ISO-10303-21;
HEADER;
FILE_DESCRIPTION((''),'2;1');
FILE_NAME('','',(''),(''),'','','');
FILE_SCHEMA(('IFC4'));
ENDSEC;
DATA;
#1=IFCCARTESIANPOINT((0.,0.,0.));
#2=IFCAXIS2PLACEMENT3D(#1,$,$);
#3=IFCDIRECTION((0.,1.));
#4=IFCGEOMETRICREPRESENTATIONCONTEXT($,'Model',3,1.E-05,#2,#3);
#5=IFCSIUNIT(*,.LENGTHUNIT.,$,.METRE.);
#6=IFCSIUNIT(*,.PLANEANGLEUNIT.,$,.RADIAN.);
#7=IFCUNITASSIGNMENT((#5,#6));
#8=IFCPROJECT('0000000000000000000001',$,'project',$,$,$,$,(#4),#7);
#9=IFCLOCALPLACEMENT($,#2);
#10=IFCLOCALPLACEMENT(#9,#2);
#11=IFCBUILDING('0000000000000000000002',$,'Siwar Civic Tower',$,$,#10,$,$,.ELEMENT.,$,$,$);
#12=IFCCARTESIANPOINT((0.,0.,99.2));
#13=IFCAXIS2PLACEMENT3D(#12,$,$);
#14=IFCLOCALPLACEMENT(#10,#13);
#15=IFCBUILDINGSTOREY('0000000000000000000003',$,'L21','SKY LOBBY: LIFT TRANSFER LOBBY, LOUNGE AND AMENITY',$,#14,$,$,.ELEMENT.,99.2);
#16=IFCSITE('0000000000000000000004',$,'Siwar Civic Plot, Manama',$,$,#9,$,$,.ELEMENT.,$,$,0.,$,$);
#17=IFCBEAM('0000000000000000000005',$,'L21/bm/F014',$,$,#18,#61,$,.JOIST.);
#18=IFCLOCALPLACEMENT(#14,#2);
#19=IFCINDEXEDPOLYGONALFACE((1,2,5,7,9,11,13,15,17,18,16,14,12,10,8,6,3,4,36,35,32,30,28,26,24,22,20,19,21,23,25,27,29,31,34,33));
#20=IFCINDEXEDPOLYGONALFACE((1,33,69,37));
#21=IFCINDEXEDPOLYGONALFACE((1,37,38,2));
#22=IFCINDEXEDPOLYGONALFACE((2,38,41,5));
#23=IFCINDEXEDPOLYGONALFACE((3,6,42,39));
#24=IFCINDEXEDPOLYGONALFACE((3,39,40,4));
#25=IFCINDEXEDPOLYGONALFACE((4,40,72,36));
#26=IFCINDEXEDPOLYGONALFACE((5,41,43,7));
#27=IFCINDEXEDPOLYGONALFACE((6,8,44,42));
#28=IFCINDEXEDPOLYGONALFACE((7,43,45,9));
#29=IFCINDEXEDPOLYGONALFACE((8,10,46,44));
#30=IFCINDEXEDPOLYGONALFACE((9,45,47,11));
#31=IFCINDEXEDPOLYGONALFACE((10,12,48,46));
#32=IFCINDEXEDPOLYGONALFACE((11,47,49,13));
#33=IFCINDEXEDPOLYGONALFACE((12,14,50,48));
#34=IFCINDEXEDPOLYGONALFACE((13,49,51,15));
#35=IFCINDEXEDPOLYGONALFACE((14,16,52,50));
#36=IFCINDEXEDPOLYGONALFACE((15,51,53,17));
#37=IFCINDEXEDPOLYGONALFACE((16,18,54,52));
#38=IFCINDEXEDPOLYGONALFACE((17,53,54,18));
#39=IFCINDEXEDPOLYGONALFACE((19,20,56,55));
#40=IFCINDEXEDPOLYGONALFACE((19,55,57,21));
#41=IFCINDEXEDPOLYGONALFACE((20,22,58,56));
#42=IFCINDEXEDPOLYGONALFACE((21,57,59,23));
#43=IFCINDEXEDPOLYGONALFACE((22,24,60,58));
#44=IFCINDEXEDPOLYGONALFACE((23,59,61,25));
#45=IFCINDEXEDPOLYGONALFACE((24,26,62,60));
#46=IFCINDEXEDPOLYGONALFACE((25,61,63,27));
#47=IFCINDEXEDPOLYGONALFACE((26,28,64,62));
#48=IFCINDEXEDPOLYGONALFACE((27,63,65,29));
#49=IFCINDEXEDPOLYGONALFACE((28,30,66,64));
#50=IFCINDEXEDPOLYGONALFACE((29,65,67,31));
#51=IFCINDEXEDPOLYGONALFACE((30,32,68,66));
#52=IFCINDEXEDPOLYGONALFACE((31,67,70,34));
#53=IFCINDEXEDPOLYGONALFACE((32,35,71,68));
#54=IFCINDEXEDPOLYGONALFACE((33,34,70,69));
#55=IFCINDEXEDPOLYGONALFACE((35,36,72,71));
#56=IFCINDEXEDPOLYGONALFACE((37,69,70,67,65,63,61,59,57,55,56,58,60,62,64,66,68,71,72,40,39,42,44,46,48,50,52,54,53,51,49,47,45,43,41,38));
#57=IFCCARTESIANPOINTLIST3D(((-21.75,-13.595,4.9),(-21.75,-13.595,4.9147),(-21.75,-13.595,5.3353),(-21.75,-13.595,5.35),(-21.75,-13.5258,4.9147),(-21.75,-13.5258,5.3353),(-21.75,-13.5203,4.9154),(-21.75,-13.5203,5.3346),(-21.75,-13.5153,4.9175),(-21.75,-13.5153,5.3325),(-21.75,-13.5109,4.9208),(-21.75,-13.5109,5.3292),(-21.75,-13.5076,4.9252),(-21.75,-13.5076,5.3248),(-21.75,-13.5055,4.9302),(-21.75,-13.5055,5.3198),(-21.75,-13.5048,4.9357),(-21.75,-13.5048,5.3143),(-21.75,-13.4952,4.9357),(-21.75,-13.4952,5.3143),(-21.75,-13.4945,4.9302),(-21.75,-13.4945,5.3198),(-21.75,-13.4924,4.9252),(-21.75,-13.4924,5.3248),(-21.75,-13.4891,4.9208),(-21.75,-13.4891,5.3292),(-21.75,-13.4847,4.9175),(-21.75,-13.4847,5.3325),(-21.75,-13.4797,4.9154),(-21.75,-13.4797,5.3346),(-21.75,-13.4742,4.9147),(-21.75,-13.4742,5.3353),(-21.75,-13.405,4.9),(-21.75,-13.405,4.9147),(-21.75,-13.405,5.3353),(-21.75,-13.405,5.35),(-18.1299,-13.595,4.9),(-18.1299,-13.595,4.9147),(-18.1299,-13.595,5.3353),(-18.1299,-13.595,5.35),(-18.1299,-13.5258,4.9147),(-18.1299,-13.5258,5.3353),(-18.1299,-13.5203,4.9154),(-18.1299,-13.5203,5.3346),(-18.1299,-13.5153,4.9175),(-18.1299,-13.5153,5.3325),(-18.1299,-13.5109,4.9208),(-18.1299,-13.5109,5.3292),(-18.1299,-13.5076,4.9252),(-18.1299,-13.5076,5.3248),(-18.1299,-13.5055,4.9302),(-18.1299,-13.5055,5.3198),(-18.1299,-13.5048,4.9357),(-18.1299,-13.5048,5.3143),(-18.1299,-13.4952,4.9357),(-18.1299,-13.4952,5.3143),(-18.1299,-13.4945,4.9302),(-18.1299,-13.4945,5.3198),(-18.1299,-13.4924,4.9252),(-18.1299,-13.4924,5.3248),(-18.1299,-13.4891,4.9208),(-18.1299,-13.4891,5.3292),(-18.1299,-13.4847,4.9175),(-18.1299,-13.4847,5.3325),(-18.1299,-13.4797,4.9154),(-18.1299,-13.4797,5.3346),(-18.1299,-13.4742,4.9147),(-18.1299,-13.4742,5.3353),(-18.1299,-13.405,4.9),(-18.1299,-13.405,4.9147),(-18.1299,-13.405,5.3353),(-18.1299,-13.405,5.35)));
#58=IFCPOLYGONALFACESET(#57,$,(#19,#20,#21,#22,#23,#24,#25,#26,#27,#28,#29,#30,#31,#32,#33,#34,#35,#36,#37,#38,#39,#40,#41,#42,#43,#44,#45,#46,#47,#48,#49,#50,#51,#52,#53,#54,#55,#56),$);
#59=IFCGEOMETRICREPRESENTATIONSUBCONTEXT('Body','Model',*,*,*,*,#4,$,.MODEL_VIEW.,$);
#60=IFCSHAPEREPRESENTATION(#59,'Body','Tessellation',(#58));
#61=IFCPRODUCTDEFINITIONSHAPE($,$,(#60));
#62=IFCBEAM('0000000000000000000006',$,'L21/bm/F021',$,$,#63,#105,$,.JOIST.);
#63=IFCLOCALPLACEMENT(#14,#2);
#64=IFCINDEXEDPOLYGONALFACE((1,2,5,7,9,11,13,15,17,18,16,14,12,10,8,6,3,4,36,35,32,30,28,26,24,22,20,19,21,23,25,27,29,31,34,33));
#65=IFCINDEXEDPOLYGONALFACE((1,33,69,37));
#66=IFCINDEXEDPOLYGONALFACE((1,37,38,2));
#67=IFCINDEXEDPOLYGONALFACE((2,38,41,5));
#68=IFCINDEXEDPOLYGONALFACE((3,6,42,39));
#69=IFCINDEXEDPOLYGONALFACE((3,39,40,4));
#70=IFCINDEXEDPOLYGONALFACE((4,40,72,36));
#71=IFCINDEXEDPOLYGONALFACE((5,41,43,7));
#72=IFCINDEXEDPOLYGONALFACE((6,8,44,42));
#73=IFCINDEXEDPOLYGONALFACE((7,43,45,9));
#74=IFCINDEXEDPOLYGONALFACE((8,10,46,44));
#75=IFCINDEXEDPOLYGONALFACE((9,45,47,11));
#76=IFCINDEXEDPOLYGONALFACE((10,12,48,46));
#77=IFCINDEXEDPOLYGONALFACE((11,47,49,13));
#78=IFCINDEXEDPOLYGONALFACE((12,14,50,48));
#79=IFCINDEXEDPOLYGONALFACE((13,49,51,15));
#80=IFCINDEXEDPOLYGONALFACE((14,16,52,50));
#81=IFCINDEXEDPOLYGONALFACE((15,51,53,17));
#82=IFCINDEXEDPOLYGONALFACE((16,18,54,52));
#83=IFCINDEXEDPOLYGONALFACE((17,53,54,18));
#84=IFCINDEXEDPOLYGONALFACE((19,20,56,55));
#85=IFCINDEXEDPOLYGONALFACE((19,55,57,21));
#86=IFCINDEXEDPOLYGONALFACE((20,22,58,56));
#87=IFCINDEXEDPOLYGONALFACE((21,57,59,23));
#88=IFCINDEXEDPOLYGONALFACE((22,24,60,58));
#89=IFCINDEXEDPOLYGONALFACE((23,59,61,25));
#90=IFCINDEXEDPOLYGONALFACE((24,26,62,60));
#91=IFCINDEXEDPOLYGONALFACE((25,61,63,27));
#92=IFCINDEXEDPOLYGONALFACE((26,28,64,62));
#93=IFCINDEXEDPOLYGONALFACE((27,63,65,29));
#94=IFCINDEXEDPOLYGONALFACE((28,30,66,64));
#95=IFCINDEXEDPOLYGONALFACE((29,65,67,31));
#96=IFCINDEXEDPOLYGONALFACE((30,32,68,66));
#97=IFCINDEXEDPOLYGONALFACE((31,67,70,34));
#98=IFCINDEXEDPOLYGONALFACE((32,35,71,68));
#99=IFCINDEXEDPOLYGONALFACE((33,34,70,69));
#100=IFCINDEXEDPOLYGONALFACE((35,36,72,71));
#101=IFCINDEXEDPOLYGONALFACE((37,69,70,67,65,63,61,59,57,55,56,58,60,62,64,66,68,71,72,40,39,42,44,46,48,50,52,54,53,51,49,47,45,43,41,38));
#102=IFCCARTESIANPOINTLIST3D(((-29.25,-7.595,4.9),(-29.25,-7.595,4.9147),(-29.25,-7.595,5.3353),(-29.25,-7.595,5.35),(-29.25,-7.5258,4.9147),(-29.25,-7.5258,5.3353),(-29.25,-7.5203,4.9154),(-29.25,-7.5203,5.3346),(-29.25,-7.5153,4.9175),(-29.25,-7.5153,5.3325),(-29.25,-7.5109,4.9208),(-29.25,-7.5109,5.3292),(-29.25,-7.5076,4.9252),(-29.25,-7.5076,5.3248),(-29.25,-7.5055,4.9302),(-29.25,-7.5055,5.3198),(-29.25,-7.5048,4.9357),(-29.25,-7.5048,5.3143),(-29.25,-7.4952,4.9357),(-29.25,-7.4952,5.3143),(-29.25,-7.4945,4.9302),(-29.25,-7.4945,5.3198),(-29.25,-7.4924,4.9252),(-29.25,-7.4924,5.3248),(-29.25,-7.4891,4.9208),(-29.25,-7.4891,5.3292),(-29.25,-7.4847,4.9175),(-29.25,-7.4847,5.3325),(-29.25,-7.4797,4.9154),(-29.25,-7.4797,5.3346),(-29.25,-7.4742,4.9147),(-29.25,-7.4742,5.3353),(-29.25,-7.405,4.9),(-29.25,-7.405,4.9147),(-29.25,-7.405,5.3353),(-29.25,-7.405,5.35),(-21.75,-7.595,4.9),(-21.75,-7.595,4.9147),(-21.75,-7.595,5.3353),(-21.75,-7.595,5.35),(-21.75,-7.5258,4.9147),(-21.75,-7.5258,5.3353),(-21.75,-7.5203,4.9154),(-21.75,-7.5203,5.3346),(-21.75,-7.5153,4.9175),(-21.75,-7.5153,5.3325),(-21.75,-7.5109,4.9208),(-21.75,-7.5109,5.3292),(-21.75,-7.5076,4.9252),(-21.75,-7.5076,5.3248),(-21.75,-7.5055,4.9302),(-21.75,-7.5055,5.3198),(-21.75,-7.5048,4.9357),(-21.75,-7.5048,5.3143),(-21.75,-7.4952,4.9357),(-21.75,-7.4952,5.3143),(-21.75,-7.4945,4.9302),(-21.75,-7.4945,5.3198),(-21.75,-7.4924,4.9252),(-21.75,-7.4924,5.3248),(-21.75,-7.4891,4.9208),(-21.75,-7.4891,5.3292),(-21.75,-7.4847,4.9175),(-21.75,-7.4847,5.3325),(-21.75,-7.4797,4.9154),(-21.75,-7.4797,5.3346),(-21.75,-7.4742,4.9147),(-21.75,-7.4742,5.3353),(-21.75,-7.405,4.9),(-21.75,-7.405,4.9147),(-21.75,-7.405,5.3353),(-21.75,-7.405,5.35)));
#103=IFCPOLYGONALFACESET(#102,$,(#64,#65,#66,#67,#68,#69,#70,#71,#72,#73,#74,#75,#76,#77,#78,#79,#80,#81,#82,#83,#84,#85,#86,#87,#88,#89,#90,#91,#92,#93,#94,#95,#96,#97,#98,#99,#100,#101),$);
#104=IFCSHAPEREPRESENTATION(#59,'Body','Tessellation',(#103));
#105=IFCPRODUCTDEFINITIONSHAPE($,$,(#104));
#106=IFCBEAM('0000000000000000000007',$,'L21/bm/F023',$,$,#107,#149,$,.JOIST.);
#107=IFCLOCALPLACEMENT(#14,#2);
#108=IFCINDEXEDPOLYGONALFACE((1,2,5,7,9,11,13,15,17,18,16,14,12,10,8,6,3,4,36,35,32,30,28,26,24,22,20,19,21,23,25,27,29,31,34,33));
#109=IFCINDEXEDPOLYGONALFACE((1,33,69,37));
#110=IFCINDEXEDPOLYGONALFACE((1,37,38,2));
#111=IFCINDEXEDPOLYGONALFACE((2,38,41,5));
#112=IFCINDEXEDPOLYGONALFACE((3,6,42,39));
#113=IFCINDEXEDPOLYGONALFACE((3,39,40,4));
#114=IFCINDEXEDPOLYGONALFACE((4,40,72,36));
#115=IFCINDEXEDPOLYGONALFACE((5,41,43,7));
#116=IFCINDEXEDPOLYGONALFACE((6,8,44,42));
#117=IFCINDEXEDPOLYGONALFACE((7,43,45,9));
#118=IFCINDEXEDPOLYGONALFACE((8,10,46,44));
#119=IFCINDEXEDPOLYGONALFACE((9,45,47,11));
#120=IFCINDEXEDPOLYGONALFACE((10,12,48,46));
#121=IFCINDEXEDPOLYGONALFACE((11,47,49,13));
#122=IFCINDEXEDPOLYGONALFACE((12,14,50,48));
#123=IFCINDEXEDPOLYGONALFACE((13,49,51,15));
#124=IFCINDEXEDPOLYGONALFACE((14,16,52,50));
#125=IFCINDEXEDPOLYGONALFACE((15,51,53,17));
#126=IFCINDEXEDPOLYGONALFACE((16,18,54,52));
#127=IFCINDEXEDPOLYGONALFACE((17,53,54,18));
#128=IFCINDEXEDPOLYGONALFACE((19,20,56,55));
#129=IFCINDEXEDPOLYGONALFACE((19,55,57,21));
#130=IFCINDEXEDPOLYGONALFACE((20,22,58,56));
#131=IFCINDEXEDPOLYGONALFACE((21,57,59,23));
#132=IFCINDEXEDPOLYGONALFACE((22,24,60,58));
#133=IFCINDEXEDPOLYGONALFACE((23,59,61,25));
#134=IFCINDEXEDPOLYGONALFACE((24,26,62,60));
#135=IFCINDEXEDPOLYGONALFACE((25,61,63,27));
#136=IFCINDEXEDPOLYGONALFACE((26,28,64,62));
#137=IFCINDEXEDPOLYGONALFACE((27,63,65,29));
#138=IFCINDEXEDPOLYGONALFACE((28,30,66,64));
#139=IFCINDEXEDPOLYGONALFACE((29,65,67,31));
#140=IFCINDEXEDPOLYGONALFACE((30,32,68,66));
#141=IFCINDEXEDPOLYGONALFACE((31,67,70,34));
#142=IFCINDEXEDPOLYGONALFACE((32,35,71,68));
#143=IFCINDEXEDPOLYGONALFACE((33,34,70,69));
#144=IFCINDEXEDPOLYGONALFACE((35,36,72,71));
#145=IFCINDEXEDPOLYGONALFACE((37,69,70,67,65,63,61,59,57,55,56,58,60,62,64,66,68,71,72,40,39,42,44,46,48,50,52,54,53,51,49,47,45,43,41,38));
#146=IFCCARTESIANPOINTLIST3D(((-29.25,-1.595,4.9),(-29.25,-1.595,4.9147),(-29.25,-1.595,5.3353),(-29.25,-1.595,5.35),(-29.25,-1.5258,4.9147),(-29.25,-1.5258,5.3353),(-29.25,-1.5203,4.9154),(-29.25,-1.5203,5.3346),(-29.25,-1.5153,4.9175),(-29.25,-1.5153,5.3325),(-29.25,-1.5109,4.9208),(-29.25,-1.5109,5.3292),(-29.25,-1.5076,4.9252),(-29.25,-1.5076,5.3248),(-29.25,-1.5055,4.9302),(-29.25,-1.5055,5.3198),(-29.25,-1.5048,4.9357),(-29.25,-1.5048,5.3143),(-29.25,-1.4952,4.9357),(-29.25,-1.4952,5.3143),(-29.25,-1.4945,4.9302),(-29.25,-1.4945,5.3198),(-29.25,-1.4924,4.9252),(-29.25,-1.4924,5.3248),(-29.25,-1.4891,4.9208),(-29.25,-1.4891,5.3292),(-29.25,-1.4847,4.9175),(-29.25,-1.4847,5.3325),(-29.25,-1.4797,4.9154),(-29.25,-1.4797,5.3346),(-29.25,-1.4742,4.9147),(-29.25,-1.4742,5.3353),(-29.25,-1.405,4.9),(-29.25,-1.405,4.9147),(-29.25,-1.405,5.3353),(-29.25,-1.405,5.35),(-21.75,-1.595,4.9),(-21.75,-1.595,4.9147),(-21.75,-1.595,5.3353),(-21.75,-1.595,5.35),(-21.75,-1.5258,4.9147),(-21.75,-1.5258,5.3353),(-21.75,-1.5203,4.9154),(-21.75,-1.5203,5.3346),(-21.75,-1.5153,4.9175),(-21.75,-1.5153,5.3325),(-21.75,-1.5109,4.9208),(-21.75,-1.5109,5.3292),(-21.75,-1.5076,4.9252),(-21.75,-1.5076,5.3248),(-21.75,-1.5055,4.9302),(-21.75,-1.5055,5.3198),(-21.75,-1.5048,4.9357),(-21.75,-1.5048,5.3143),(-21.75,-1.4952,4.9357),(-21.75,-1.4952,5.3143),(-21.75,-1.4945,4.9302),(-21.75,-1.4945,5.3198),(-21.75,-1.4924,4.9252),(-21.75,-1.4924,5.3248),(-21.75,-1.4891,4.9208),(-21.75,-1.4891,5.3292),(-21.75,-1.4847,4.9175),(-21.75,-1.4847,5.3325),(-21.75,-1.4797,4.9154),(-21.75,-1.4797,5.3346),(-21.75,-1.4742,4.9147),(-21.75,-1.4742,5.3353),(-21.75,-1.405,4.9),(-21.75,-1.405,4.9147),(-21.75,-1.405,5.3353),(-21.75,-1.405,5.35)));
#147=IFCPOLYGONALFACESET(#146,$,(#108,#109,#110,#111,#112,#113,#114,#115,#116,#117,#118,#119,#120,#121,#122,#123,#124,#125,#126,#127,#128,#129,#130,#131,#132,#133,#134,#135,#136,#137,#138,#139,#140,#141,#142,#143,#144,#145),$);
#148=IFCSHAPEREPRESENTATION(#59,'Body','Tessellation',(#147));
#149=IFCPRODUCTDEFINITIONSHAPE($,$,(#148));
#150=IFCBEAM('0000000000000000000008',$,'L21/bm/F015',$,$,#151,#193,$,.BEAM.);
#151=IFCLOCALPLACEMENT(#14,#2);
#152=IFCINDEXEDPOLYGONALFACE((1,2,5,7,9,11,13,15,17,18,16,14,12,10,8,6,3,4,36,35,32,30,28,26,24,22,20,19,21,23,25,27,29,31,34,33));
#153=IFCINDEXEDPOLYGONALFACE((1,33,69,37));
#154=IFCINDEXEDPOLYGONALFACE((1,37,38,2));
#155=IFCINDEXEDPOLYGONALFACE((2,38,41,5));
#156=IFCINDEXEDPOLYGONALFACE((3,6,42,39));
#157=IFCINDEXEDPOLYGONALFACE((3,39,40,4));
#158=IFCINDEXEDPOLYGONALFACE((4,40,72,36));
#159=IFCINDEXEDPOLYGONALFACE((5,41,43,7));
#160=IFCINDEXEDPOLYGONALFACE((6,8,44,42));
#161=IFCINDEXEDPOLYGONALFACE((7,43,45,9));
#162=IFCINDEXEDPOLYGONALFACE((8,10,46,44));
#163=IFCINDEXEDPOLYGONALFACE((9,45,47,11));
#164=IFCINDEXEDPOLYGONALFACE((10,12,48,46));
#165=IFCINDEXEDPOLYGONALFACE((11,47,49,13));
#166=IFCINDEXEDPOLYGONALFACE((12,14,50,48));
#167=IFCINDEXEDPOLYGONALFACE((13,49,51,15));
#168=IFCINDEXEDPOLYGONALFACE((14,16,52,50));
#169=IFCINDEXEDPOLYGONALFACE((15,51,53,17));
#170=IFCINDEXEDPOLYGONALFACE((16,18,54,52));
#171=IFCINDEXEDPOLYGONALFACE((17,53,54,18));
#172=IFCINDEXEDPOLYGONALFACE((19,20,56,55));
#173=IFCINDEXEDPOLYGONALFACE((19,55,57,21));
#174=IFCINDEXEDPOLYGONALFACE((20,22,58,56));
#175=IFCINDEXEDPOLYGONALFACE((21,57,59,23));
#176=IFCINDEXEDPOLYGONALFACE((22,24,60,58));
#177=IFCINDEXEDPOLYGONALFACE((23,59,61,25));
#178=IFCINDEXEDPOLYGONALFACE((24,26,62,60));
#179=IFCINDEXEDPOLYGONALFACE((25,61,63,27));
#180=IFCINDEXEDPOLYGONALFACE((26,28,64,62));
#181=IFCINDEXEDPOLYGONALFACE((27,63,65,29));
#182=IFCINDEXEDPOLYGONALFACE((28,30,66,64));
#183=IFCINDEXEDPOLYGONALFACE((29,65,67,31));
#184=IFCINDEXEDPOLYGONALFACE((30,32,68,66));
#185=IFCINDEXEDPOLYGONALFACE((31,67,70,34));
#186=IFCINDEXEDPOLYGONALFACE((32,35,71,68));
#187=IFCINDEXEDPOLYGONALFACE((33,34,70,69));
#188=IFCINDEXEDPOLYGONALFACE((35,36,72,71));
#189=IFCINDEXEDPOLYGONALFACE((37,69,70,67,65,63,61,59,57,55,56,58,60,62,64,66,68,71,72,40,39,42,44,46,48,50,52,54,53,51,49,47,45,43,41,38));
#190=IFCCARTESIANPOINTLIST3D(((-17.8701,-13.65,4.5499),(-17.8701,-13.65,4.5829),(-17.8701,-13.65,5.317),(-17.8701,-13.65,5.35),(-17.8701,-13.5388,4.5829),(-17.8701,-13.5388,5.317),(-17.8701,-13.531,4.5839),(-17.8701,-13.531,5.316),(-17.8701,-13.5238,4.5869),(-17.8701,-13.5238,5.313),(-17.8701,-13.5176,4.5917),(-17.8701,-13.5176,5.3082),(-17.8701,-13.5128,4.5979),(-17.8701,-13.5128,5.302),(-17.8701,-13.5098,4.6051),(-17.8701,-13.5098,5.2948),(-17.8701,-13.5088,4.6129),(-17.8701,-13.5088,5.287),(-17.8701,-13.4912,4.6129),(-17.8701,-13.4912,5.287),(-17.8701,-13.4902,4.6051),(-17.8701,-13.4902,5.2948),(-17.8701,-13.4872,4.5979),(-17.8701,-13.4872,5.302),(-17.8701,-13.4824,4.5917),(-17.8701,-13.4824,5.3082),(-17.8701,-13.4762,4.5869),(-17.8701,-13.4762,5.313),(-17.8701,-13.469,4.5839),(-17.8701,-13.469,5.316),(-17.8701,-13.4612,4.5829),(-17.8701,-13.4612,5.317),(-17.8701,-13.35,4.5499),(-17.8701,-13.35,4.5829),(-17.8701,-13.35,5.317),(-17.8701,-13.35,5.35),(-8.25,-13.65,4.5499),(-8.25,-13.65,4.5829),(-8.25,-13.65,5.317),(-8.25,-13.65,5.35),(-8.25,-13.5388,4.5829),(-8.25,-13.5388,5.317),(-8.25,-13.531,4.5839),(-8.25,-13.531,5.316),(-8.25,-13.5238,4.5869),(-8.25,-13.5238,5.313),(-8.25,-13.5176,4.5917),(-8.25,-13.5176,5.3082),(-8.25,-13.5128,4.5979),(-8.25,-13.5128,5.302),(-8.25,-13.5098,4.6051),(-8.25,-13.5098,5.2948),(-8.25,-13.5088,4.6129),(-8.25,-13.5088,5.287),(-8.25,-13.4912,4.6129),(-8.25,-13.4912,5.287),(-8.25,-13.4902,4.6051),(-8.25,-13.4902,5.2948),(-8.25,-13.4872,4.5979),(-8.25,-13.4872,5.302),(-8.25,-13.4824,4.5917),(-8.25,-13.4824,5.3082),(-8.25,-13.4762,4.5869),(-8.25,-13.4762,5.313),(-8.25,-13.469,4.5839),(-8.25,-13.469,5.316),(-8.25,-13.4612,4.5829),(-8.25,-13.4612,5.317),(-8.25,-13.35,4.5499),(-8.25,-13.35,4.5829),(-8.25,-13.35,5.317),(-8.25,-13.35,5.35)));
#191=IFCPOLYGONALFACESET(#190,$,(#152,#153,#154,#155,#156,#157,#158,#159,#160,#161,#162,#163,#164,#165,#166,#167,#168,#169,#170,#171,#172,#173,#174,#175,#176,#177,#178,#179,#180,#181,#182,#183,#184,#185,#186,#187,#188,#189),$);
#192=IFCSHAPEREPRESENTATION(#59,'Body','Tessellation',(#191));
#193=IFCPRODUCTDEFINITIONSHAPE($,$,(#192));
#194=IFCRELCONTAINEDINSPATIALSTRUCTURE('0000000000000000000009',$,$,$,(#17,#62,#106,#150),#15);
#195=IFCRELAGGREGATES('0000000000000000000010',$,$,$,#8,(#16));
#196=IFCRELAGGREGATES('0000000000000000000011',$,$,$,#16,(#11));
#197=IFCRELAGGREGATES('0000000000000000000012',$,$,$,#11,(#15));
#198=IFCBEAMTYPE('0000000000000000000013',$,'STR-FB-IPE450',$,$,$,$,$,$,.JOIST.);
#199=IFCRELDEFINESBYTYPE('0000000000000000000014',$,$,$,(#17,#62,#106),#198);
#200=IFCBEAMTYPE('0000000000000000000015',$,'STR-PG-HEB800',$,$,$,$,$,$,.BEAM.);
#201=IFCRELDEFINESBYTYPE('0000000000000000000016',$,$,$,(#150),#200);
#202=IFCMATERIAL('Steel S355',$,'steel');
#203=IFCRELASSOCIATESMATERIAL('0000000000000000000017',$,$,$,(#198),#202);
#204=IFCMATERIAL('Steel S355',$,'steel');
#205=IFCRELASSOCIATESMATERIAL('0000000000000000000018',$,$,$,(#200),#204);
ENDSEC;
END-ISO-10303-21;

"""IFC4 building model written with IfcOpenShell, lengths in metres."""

from ifc_helpers import new_model, si_unit, direction, frame, origin, origin_2d, place, context, subcontext, project, spatial, i_section, extrude, material, material_profile, profile_set, type_object, element, save


model = new_model("IFC4")

# Units and contexts
model_context = context("Model", 3, precision=1e-05, world=origin(), true_north=direction((0.0, 1.0)))
body_context = subcontext(model_context, "Body", "Model", "MODEL_VIEW")
ifc_project = project(units=[si_unit("LENGTHUNIT", "METRE"), si_unit("PLANEANGLEUNIT", "RADIAN")], contexts=[model_context])

# Site, building, storey
site_placement = place(None, origin())
site = spatial("IfcSite", under=ifc_project, at=site_placement, Name="Siwar Civic Plot, Manama", CompositionType="ELEMENT", RefElevation=0.0)
building_placement = place(site_placement, origin())
building = spatial("IfcBuilding", under=site, at=building_placement, Name="Siwar Civic Tower", CompositionType="ELEMENT")
storey_placement = place(building_placement, frame((0.0, 0.0, 99.2)))
storey = spatial("IfcBuildingStorey", under=building, at=storey_placement, Name="L21", Description="SKY LOBBY: LIFT TRANSFER LOBBY, LOUNGE AND AMENITY", CompositionType="ELEMENT", Elevation=99.2)

# Beams
ifc_material_1 = material(Name="Steel S355", Category="steel")
ifc_material_profile_1 = material_profile(ifc_material_1, i_section(OverallWidth=0.1899, OverallDepth=0.45, WebThickness=0.0095, FlangeThickness=0.0146, FilletRadius=0.021, at=origin_2d()), Name="IPE450")
ifc_profile_set_1 = profile_set([ifc_material_profile_1], Name="Steel S355")
beam_type_1 = type_object("IfcBeamType", Name="STR-FB-IPE450", PredefinedType="JOIST", material=ifc_profile_set_1)
beam_1_placement = place(storey_placement, frame((-21.75, -13.5, 5.125), z_axis=(1.0, 0.0, 0.0), x_axis=(0.0, 1.0, 0.0)))
element("IfcBeam", 1, at=beam_1_placement, inside=storey, type_object=beam_type_1, Name="L21/bm/F014", PredefinedType="JOIST", context=body_context, shape_type="SweptSolid", body=[
    extrude(i_section(OverallWidth=0.1899, OverallDepth=0.45, WebThickness=0.0095, FlangeThickness=0.0146, FilletRadius=0.021, at=origin_2d()), origin(), (0.0, 0.0, 1.0), 3.6201),
])
for number, where, z_axis, x_axis, name in (
    (2, (-29.25, -7.5, 5.125), (1.0, 0.0, 0.0), (0.0, 1.0, 0.0), "L21/bm/F021"),
    (3, (-29.25, -1.5, 5.125), (1.0, 0.0, 0.0), (0.0, 1.0, 0.0), "L21/bm/F023"),
):
    element("IfcBeam", number, at=place(storey_placement, frame(where, z_axis=z_axis, x_axis=x_axis)), inside=storey, type_object=beam_type_1, Name=name, PredefinedType="JOIST", context=body_context, shape_type="SweptSolid", body=[
        extrude(i_section(OverallWidth=0.1899, OverallDepth=0.45, WebThickness=0.0095, FlangeThickness=0.0146, FilletRadius=0.021, at=origin_2d()), origin(), (0.0, 0.0, 1.0), 7.5),
    ])
ifc_material_2 = material(Name="Steel S355", Category="steel")
ifc_material_profile_2 = material_profile(ifc_material_2, i_section(OverallWidth=0.3, OverallDepth=0.8, WebThickness=0.0176, FlangeThickness=0.033, FilletRadius=0.03, at=origin_2d()), Name="HEB800")
ifc_profile_set_2 = profile_set([ifc_material_profile_2], Name="Steel S355")
beam_type_2 = type_object("IfcBeamType", Name="STR-PG-HEB800", PredefinedType="BEAM", material=ifc_profile_set_2)
beam_2_placement = place(storey_placement, frame((-17.8701, -13.5, 4.95), z_axis=(1.0, 0.0, 0.0), x_axis=(0.0, 1.0, 0.0)))
element("IfcBeam", 4, at=beam_2_placement, inside=storey, type_object=beam_type_2, Name="L21/bm/F015", PredefinedType="BEAM", context=body_context, shape_type="SweptSolid", body=[
    extrude(i_section(OverallWidth=0.3, OverallDepth=0.8, WebThickness=0.0176, FlangeThickness=0.033, FilletRadius=0.03, at=origin_2d()), origin(), (0.0, 0.0, 1.0), 9.6201),
])

save(model, "model.ifc")
